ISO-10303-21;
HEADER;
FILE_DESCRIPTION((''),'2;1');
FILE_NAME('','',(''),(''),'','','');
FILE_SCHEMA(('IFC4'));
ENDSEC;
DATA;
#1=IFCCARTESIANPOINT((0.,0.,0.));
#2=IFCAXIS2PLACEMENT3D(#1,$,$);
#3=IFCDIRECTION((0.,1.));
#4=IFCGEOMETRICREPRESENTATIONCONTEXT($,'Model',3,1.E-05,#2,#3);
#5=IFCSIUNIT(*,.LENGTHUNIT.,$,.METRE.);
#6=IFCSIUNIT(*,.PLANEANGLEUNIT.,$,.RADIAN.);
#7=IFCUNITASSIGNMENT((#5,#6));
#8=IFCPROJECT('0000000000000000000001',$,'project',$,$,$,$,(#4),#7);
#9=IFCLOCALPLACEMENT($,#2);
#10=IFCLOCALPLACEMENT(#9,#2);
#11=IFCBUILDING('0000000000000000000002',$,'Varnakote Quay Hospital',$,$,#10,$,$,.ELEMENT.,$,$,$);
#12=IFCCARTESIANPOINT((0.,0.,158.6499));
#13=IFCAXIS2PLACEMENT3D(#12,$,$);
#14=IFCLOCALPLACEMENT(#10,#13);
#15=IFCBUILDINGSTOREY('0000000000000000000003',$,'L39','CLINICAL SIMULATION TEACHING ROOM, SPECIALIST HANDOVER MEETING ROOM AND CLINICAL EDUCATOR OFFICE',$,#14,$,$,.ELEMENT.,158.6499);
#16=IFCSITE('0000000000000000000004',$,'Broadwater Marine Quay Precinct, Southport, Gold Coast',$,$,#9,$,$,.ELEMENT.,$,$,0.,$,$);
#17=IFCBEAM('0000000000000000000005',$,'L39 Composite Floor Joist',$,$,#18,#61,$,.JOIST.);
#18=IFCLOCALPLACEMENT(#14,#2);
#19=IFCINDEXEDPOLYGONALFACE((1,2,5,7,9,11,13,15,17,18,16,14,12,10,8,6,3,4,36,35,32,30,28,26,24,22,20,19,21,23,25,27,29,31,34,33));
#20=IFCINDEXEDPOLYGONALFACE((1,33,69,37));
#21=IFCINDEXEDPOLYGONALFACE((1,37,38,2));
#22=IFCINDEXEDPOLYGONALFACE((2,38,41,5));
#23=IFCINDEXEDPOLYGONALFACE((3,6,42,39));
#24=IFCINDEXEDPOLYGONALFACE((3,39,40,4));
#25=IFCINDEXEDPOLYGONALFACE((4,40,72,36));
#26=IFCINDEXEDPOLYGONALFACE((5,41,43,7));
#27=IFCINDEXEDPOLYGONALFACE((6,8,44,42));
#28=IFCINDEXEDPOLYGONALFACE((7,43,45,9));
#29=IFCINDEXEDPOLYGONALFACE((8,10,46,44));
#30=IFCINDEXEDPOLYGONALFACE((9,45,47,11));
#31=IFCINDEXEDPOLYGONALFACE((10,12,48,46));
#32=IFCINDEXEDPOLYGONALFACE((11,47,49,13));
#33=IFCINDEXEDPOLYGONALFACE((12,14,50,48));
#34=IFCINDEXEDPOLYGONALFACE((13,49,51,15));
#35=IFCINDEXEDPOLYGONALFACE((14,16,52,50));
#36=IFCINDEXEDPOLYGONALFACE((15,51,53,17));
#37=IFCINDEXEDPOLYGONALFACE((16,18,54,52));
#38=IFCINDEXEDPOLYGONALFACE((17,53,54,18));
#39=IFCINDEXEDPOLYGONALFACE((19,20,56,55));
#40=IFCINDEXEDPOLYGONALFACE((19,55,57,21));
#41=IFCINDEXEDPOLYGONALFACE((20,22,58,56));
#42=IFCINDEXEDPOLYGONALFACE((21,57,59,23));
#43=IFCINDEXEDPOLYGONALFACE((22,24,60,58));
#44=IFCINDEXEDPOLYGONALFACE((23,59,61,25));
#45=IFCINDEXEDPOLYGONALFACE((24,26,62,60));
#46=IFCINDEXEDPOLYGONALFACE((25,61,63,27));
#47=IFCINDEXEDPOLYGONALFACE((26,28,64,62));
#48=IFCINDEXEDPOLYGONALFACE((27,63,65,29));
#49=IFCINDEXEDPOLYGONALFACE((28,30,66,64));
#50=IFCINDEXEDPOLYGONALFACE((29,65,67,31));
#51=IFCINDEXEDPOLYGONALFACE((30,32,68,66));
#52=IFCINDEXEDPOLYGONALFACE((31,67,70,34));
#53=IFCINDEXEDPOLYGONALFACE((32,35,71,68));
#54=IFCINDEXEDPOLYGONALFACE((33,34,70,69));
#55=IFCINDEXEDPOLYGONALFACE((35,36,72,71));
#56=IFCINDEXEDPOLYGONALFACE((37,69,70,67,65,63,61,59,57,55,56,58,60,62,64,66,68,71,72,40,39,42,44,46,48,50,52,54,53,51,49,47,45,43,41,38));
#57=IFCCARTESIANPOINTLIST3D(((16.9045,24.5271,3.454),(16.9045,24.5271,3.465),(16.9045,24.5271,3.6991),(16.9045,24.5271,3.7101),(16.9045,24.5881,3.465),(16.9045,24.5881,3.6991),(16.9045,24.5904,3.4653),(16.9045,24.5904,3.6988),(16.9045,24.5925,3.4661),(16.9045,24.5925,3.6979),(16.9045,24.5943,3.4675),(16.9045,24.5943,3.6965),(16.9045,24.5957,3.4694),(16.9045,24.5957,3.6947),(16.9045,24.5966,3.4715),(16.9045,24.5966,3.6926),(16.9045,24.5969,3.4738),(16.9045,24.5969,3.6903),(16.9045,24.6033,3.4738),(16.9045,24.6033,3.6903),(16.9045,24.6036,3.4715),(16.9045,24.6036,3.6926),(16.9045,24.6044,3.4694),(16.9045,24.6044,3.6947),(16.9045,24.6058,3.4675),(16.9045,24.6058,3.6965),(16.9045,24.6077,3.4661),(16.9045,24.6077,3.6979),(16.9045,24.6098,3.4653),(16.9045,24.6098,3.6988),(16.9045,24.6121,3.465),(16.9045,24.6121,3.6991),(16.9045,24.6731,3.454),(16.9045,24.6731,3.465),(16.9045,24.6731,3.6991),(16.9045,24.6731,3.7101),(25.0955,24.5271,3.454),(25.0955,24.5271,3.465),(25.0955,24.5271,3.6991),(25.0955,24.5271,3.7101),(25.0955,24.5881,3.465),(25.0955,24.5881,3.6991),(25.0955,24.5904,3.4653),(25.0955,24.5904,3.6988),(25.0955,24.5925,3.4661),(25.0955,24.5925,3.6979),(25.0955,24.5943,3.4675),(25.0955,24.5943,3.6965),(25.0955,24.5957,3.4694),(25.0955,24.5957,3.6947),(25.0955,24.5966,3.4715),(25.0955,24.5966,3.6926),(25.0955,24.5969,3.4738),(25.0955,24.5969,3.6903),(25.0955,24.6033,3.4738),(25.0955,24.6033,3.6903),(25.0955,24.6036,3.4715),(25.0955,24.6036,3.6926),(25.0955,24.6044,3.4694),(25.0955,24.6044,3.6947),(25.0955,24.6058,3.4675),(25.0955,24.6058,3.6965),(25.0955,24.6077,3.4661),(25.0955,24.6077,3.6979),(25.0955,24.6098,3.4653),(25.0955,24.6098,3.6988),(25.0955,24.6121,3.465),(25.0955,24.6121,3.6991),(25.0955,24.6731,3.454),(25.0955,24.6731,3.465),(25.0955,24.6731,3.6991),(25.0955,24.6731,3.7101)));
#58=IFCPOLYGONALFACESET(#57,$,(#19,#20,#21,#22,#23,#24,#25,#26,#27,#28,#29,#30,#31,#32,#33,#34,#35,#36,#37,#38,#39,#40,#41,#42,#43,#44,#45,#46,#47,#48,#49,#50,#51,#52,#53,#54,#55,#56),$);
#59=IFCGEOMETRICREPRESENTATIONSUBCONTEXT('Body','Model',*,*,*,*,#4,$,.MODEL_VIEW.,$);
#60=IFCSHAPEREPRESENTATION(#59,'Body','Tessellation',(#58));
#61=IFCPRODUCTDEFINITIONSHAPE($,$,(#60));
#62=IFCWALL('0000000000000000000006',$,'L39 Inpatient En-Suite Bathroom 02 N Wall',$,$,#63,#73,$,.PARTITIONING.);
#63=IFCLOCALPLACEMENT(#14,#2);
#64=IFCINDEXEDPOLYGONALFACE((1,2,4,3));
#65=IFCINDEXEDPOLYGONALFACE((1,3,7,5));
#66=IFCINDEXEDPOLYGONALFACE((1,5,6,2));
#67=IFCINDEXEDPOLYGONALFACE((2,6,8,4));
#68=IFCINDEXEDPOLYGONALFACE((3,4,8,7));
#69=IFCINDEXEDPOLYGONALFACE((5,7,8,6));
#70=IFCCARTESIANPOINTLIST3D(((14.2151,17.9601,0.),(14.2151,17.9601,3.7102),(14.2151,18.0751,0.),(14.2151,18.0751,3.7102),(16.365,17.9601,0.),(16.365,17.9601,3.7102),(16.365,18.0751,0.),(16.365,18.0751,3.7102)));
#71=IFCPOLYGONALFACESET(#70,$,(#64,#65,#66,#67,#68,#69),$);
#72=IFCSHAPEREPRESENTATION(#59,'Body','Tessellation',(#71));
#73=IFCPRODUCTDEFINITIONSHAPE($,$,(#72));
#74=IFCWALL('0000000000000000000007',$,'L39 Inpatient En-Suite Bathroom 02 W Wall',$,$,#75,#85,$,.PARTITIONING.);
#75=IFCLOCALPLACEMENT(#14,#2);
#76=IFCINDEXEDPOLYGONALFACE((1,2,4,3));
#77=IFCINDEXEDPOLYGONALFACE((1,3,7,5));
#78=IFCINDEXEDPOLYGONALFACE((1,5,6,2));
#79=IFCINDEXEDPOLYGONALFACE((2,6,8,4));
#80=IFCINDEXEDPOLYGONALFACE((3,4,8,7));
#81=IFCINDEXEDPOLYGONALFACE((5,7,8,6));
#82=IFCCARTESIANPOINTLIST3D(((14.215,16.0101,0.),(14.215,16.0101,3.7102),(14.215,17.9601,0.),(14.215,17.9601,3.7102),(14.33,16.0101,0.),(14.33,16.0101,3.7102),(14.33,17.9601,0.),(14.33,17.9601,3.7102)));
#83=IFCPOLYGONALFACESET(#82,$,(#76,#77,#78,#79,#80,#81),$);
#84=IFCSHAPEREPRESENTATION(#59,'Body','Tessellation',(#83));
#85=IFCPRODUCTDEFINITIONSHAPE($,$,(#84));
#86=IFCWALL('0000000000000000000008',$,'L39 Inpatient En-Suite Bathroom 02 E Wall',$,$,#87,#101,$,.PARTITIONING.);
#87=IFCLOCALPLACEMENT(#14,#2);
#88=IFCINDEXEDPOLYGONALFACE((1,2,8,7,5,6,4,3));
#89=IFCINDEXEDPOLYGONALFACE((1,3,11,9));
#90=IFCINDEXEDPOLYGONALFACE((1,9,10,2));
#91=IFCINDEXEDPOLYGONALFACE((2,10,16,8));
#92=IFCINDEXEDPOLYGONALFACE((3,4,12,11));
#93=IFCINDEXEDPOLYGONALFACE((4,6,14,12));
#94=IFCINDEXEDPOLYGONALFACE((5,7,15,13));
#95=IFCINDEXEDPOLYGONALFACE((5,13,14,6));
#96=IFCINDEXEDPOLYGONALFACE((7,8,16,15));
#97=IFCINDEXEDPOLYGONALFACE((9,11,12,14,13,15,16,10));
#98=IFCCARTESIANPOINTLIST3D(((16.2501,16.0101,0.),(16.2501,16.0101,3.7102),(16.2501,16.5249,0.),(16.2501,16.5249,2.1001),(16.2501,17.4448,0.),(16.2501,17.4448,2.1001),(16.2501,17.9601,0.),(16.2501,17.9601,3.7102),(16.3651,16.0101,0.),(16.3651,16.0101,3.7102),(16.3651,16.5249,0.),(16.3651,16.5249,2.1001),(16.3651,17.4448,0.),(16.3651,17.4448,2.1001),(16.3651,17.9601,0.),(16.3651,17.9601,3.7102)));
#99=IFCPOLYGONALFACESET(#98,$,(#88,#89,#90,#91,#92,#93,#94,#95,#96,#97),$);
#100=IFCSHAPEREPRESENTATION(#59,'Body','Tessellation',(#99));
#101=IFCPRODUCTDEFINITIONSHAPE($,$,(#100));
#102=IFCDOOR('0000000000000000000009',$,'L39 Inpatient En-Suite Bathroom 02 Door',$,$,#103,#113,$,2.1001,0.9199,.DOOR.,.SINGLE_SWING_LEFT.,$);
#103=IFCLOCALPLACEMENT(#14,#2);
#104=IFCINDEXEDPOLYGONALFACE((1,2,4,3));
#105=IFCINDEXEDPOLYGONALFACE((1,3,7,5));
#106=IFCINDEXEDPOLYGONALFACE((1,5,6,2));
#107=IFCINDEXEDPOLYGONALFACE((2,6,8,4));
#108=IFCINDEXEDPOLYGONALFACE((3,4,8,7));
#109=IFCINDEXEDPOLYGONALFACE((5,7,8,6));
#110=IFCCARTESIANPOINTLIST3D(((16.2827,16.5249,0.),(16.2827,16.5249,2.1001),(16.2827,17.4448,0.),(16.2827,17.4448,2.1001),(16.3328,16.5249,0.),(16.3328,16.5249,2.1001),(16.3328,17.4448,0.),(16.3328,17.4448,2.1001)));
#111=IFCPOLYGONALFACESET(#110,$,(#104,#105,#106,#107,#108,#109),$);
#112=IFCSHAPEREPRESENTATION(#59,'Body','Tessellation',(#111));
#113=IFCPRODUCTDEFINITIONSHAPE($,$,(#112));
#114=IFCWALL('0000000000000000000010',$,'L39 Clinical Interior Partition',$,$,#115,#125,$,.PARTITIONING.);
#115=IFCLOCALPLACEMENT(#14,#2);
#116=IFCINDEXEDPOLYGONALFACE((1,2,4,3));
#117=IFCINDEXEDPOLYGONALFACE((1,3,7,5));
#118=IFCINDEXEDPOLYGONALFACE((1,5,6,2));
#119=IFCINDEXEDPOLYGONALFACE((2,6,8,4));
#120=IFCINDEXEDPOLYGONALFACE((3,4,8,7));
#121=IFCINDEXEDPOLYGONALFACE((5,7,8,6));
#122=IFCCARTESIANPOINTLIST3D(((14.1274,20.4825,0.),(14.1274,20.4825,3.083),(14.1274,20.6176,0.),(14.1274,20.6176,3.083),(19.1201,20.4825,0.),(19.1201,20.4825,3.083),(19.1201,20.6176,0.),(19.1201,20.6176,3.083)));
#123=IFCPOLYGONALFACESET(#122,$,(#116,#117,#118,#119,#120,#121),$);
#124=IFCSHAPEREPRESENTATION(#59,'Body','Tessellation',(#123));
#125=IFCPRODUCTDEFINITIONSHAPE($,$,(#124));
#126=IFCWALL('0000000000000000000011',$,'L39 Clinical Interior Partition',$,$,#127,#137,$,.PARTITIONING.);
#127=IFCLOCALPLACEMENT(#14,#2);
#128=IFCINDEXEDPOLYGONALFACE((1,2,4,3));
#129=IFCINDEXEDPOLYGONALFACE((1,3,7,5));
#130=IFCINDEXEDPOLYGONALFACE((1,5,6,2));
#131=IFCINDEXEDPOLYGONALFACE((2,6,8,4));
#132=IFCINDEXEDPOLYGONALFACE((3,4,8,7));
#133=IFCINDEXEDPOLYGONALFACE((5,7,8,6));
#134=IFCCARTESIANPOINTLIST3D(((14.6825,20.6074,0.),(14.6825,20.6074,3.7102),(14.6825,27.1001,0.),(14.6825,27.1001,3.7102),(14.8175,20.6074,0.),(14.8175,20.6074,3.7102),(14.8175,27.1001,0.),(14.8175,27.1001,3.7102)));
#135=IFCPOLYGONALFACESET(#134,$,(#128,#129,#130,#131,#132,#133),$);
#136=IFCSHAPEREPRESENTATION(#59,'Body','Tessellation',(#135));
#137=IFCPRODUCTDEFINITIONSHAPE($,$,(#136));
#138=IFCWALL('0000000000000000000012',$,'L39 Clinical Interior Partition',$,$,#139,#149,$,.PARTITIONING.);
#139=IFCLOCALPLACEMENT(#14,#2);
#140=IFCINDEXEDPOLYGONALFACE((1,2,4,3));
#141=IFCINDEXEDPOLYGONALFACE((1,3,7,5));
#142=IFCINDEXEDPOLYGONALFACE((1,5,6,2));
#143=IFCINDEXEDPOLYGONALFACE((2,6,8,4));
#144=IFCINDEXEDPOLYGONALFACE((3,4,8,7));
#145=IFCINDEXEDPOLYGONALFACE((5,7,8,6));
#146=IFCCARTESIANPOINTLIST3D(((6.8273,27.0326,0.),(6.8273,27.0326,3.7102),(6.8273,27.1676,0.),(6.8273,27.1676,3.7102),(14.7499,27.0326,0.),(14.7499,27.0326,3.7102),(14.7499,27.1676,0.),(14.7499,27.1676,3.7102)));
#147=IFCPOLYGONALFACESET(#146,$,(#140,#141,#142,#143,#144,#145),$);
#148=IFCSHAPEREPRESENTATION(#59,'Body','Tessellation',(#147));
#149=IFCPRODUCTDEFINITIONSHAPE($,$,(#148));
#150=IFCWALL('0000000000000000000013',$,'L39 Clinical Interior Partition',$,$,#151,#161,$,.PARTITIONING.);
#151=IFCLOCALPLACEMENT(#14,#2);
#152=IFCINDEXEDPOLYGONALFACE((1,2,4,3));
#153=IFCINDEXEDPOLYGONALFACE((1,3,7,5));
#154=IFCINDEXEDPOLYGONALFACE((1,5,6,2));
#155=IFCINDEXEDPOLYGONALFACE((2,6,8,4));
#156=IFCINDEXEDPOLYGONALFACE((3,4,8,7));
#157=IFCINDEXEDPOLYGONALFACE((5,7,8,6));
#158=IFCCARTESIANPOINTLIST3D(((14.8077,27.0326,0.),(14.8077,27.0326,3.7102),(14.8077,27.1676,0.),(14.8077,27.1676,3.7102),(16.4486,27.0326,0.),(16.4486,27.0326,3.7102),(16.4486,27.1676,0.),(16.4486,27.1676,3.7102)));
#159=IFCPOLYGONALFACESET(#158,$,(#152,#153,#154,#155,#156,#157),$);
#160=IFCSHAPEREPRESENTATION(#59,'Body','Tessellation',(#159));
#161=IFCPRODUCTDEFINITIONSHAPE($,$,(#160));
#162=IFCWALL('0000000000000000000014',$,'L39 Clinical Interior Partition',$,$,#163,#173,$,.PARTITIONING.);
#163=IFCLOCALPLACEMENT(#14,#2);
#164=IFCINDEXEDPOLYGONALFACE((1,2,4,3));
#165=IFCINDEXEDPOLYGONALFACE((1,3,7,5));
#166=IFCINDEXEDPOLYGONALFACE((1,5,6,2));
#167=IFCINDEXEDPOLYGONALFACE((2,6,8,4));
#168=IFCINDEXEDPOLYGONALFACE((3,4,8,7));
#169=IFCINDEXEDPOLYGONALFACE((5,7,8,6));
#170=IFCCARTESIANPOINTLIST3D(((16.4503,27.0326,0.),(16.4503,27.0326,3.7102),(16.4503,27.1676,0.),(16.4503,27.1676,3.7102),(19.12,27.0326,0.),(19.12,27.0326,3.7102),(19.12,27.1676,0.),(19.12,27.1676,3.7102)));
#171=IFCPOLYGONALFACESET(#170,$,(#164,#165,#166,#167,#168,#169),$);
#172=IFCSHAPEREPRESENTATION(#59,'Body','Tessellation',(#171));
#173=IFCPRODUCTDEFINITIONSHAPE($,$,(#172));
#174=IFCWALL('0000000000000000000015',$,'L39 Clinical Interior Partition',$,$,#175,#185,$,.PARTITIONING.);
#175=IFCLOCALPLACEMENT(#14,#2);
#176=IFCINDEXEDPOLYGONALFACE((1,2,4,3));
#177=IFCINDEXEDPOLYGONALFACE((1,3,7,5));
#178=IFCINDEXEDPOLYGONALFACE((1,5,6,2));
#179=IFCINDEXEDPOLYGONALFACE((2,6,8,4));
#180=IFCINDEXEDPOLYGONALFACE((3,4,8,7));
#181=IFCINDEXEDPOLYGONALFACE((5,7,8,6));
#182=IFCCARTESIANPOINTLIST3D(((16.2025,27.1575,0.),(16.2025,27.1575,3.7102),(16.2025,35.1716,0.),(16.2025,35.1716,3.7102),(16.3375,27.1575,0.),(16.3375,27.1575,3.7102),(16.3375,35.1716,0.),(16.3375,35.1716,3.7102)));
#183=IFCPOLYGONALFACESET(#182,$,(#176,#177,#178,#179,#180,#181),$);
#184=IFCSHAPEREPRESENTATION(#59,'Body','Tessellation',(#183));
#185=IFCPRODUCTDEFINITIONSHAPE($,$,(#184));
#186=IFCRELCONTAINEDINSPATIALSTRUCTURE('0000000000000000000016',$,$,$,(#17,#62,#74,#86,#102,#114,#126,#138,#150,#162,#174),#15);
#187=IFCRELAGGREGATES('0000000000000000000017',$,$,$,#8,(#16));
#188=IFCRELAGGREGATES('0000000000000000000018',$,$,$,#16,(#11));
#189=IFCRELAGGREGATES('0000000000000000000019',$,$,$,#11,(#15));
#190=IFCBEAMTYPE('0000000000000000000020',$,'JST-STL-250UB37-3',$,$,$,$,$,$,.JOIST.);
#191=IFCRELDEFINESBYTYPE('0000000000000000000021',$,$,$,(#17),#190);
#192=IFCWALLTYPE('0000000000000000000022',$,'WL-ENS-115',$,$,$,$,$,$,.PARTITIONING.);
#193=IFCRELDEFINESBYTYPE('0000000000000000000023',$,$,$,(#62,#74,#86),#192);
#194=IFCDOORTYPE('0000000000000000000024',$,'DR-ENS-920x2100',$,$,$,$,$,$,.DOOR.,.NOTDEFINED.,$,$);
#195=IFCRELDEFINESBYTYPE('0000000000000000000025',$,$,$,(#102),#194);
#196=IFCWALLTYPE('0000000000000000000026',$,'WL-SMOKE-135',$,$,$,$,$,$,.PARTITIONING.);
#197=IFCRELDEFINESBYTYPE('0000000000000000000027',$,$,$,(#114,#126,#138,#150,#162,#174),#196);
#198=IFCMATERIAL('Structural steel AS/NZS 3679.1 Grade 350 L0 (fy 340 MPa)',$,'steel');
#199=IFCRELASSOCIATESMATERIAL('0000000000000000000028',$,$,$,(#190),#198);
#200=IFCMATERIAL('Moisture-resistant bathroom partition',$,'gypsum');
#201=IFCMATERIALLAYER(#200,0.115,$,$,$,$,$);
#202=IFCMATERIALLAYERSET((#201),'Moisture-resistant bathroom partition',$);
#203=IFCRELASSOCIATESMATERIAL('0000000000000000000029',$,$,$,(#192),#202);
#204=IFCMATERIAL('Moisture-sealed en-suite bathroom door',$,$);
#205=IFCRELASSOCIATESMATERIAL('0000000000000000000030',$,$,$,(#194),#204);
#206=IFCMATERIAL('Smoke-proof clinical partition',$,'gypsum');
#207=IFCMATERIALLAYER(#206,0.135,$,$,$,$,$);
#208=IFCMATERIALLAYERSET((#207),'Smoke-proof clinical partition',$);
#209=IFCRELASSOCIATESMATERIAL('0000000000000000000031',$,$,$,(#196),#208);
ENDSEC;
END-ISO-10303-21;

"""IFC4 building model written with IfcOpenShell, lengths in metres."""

from ifc_helpers import new_model, si_unit, direction, frame, frame_2d, origin, origin_2d, place, context, subcontext, project, spatial, rectangle, i_section, extrude, material, layer, layer_set, material_profile, profile_set, type_object, element, fill, save


model = new_model("IFC4")

# Units and contexts
model_context = context("Model", 3, precision=1e-05, world=origin(), true_north=direction((0.0, 1.0)))
body_context = subcontext(model_context, "Body", "Model", "MODEL_VIEW")
ifc_project = project(units=[si_unit("LENGTHUNIT", "METRE"), si_unit("PLANEANGLEUNIT", "RADIAN")], contexts=[model_context])

# Site, building, storey
site_placement = place(None, origin())
site = spatial("IfcSite", under=ifc_project, at=site_placement, Name="Broadwater Marine Quay Precinct, Southport, Gold Coast", CompositionType="ELEMENT", RefElevation=0.0)
building_placement = place(site_placement, origin())
building = spatial("IfcBuilding", under=site, at=building_placement, Name="Varnakote Quay Hospital", CompositionType="ELEMENT")
storey_placement = place(building_placement, frame((0.0, 0.0, 158.6499)))
storey = spatial("IfcBuildingStorey", under=building, at=storey_placement, Name="L39", Description="CLINICAL SIMULATION TEACHING ROOM, SPECIALIST HANDOVER MEETING ROOM AND CLINICAL EDUCATOR OFFICE", CompositionType="ELEMENT", Elevation=158.6499)

# Beam
ifc_material_1 = material(Name="Structural steel AS/NZS 3679.1 Grade 350 L0 (fy 340 MPa)", Category="steel")
ifc_material_profile_1 = material_profile(ifc_material_1, i_section(OverallWidth=0.146, OverallDepth=0.2561, WebThickness=0.0063, FlangeThickness=0.011, FilletRadius=0.0088, at=origin_2d()), Name="250UB37.3")
ifc_profile_set_1 = profile_set([ifc_material_profile_1], Name="Structural steel AS/NZS 3679.1 Grade 350 L0 (fy 340 MPa)")
beam_type_1 = type_object("IfcBeamType", Name="JST-STL-250UB37-3", PredefinedType="JOIST", material=ifc_profile_set_1)
beam_1_placement = place(storey_placement, frame((16.9045, 24.6001, 3.582), z_axis=(1.0, 0.0, 0.0), x_axis=(0.0, 1.0, 0.0)))
element("IfcBeam", 1, at=beam_1_placement, inside=storey, type_object=beam_type_1, Name="L39 Composite Floor Joist", PredefinedType="JOIST", context=body_context, shape_type="SweptSolid", body=[
    extrude(i_section(OverallWidth=0.146, OverallDepth=0.2561, WebThickness=0.0063, FlangeThickness=0.011, FilletRadius=0.0088, at=origin_2d()), origin(), (0.0, 0.0, 1.0), 8.1909),
])

# Walls
ifc_material_2 = material(Name="Moisture-resistant bathroom partition", Category="gypsum")
ifc_layer_1 = layer(ifc_material_2, 0.115)
ifc_layer_set_1 = layer_set([ifc_layer_1], Name="Moisture-resistant bathroom partition")
wall_type_1 = type_object("IfcWallType", Name="WL-ENS-115", PredefinedType="PARTITIONING", material=ifc_layer_set_1)
wall_1_placement = place(storey_placement, frame((14.2151, 18.0176, 0.0), z_axis=(0.0, 0.0, 1.0), x_axis=(1.0, 0.0, 0.0)))
element("IfcWall", 2, at=wall_1_placement, inside=storey, type_object=wall_type_1, Name="L39 Inpatient En-Suite Bathroom 02 N Wall", PredefinedType="PARTITIONING", context=body_context, shape_type="SweptSolid", body=[
    extrude(rectangle(XDim=2.1499, YDim=0.115, at=frame_2d((1.075, 0.0))), origin(), (0.0, 0.0, 1.0), 3.7102),
])
wall_2_placement = place(storey_placement, frame((14.2725, 16.01, 0.0), z_axis=(0.0, 0.0, 1.0), x_axis=(0.0, 1.0, 0.0)))
element("IfcWall", 3, at=wall_2_placement, inside=storey, type_object=wall_type_1, Name="L39 Inpatient En-Suite Bathroom 02 W Wall", PredefinedType="PARTITIONING", context=body_context, shape_type="SweptSolid", body=[
    extrude(rectangle(XDim=1.95, YDim=0.115, at=frame_2d((0.9751, 0.0))), origin(), (0.0, 0.0, 1.0), 3.7102),
])

# Wall, opening, door
wall_3_placement = place(storey_placement, frame((16.3076, 16.01, 0.0), z_axis=(0.0, 0.0, 1.0), x_axis=(0.0, 1.0, 0.0)))
wall_3 = element("IfcWall", 4, at=wall_3_placement, inside=storey, type_object=wall_type_1, Name="L39 Inpatient En-Suite Bathroom 02 E Wall", PredefinedType="PARTITIONING", context=body_context, shape_type="SweptSolid", body=[
    extrude(rectangle(XDim=1.95, YDim=0.115, at=frame_2d((0.9751, 0.0))), origin(), (0.0, 0.0, 1.0), 3.7102),
])
opening_1_placement = place(wall_3_placement, frame((0.5149, 0.0, 0.0)))
opening_1 = element("IfcOpeningElement", 5, at=opening_1_placement, cuts=wall_3, PredefinedType="OPENING", context=body_context, shape_type="SweptSolid", body=[
    extrude(rectangle(XDim=0.9199, YDim=2.1001, at=frame_2d((0.46, 1.05))), frame((0.0, 0.0674, 0.0), z_axis=(0.0, -1.0, 0.0), x_axis=(1.0, 0.0, 0.0)), (0.0, 0.0, 1.0), 0.135),
])
ifc_material_3 = material(Name="Moisture-sealed en-suite bathroom door")
door_type_1 = type_object("IfcDoorType", Name="DR-ENS-920x2100", OperationType="NOTDEFINED", PredefinedType="DOOR", material=ifc_material_3)
door_1_placement = place(opening_1_placement, origin())
door_1 = element("IfcDoor", 6, at=door_1_placement, inside=storey, type_object=door_type_1, Name="L39 Inpatient En-Suite Bathroom 02 Door", OperationType="SINGLE_SWING_LEFT", OverallHeight=2.1001, OverallWidth=0.9199, PredefinedType="DOOR", context=body_context, shape_type="SweptSolid", body=[
    extrude(rectangle(XDim=0.9199, YDim=2.1001, at=frame_2d((0.46, 1.05))), frame((0.0, 0.0249, 0.0), z_axis=(0.0, -1.0, 0.0), x_axis=(1.0, 0.0, 0.0)), (0.0, 0.0, 1.0), 0.05),
])
fill(opening_1, door_1)

# Walls
ifc_material_4 = material(Name="Smoke-proof clinical partition", Category="gypsum")
ifc_layer_2 = layer(ifc_material_4, 0.135)
ifc_layer_set_2 = layer_set([ifc_layer_2], Name="Smoke-proof clinical partition")
wall_type_2 = type_object("IfcWallType", Name="WL-SMOKE-135", PredefinedType="PARTITIONING", material=ifc_layer_set_2)
wall_4_placement = place(storey_placement, frame((19.1201, 20.55, 0.0), z_axis=(0.0, 0.0, 1.0), x_axis=(-1.0, 0.0, 0.0)))
element("IfcWall", 7, at=wall_4_placement, inside=storey, type_object=wall_type_2, Name="L39 Clinical Interior Partition", PredefinedType="PARTITIONING", context=body_context, shape_type="SweptSolid", body=[
    extrude(rectangle(XDim=4.9927, YDim=0.135, at=frame_2d((2.4963, 0.0))), origin(), (0.0, 0.0, 1.0), 3.083),
])
wall_5_placement = place(storey_placement, frame((14.75, 20.6074, 0.0), z_axis=(0.0, 0.0, 1.0), x_axis=(0.0, 1.0, 0.0)))
element("IfcWall", 8, at=wall_5_placement, inside=storey, type_object=wall_type_2, Name="L39 Clinical Interior Partition", PredefinedType="PARTITIONING", context=body_context, shape_type="SweptSolid", body=[
    extrude(rectangle(XDim=6.4927, YDim=0.135, at=frame_2d((3.2463, 0.0))), origin(), (0.0, 0.0, 1.0), 3.7102),
])
wall_6_placement = place(storey_placement, frame((14.75, 27.1001, 0.0), z_axis=(0.0, 0.0, 1.0), x_axis=(-1.0, 0.0, 0.0)))
element("IfcWall", 9, at=wall_6_placement, inside=storey, type_object=wall_type_2, Name="L39 Clinical Interior Partition", PredefinedType="PARTITIONING", context=body_context, shape_type="SweptSolid", body=[
    extrude(rectangle(XDim=7.9226, YDim=0.135, at=frame_2d((3.9614, 0.0))), origin(), (0.0, 0.0, 1.0), 3.7102),
])
wall_7_placement = place(storey_placement, frame((16.4485, 27.1001, 0.0), z_axis=(0.0, 0.0, 1.0), x_axis=(-1.0, 0.0, 0.0)))
element("IfcWall", 10, at=wall_7_placement, inside=storey, type_object=wall_type_2, Name="L39 Clinical Interior Partition", PredefinedType="PARTITIONING", context=body_context, shape_type="SweptSolid", body=[
    extrude(rectangle(XDim=1.6409, YDim=0.135, at=frame_2d((0.8203, 0.0))), origin(), (0.0, 0.0, 1.0), 3.7102),
])
wall_8_placement = place(storey_placement, frame((19.1201, 27.1001, 0.0), z_axis=(0.0, 0.0, 1.0), x_axis=(-1.0, 0.0, 0.0)))
element("IfcWall", 11, at=wall_8_placement, inside=storey, type_object=wall_type_2, Name="L39 Clinical Interior Partition", PredefinedType="PARTITIONING", context=body_context, shape_type="SweptSolid", body=[
    extrude(rectangle(XDim=2.6697, YDim=0.135, at=frame_2d((1.335, 0.0))), origin(), (0.0, 0.0, 1.0), 3.7102),
])
wall_9_placement = place(storey_placement, frame((16.27, 27.1575, 0.0), z_axis=(0.0, 0.0, 1.0), x_axis=(0.0, 1.0, 0.0)))
element("IfcWall", 12, at=wall_9_placement, inside=storey, type_object=wall_type_2, Name="L39 Clinical Interior Partition", PredefinedType="PARTITIONING", context=body_context, shape_type="SweptSolid", body=[
    extrude(rectangle(XDim=8.0142, YDim=0.135, at=frame_2d((4.0071, 0.0))), origin(), (0.0, 0.0, 1.0), 3.7102),
])

save(model, "model.ifc")
